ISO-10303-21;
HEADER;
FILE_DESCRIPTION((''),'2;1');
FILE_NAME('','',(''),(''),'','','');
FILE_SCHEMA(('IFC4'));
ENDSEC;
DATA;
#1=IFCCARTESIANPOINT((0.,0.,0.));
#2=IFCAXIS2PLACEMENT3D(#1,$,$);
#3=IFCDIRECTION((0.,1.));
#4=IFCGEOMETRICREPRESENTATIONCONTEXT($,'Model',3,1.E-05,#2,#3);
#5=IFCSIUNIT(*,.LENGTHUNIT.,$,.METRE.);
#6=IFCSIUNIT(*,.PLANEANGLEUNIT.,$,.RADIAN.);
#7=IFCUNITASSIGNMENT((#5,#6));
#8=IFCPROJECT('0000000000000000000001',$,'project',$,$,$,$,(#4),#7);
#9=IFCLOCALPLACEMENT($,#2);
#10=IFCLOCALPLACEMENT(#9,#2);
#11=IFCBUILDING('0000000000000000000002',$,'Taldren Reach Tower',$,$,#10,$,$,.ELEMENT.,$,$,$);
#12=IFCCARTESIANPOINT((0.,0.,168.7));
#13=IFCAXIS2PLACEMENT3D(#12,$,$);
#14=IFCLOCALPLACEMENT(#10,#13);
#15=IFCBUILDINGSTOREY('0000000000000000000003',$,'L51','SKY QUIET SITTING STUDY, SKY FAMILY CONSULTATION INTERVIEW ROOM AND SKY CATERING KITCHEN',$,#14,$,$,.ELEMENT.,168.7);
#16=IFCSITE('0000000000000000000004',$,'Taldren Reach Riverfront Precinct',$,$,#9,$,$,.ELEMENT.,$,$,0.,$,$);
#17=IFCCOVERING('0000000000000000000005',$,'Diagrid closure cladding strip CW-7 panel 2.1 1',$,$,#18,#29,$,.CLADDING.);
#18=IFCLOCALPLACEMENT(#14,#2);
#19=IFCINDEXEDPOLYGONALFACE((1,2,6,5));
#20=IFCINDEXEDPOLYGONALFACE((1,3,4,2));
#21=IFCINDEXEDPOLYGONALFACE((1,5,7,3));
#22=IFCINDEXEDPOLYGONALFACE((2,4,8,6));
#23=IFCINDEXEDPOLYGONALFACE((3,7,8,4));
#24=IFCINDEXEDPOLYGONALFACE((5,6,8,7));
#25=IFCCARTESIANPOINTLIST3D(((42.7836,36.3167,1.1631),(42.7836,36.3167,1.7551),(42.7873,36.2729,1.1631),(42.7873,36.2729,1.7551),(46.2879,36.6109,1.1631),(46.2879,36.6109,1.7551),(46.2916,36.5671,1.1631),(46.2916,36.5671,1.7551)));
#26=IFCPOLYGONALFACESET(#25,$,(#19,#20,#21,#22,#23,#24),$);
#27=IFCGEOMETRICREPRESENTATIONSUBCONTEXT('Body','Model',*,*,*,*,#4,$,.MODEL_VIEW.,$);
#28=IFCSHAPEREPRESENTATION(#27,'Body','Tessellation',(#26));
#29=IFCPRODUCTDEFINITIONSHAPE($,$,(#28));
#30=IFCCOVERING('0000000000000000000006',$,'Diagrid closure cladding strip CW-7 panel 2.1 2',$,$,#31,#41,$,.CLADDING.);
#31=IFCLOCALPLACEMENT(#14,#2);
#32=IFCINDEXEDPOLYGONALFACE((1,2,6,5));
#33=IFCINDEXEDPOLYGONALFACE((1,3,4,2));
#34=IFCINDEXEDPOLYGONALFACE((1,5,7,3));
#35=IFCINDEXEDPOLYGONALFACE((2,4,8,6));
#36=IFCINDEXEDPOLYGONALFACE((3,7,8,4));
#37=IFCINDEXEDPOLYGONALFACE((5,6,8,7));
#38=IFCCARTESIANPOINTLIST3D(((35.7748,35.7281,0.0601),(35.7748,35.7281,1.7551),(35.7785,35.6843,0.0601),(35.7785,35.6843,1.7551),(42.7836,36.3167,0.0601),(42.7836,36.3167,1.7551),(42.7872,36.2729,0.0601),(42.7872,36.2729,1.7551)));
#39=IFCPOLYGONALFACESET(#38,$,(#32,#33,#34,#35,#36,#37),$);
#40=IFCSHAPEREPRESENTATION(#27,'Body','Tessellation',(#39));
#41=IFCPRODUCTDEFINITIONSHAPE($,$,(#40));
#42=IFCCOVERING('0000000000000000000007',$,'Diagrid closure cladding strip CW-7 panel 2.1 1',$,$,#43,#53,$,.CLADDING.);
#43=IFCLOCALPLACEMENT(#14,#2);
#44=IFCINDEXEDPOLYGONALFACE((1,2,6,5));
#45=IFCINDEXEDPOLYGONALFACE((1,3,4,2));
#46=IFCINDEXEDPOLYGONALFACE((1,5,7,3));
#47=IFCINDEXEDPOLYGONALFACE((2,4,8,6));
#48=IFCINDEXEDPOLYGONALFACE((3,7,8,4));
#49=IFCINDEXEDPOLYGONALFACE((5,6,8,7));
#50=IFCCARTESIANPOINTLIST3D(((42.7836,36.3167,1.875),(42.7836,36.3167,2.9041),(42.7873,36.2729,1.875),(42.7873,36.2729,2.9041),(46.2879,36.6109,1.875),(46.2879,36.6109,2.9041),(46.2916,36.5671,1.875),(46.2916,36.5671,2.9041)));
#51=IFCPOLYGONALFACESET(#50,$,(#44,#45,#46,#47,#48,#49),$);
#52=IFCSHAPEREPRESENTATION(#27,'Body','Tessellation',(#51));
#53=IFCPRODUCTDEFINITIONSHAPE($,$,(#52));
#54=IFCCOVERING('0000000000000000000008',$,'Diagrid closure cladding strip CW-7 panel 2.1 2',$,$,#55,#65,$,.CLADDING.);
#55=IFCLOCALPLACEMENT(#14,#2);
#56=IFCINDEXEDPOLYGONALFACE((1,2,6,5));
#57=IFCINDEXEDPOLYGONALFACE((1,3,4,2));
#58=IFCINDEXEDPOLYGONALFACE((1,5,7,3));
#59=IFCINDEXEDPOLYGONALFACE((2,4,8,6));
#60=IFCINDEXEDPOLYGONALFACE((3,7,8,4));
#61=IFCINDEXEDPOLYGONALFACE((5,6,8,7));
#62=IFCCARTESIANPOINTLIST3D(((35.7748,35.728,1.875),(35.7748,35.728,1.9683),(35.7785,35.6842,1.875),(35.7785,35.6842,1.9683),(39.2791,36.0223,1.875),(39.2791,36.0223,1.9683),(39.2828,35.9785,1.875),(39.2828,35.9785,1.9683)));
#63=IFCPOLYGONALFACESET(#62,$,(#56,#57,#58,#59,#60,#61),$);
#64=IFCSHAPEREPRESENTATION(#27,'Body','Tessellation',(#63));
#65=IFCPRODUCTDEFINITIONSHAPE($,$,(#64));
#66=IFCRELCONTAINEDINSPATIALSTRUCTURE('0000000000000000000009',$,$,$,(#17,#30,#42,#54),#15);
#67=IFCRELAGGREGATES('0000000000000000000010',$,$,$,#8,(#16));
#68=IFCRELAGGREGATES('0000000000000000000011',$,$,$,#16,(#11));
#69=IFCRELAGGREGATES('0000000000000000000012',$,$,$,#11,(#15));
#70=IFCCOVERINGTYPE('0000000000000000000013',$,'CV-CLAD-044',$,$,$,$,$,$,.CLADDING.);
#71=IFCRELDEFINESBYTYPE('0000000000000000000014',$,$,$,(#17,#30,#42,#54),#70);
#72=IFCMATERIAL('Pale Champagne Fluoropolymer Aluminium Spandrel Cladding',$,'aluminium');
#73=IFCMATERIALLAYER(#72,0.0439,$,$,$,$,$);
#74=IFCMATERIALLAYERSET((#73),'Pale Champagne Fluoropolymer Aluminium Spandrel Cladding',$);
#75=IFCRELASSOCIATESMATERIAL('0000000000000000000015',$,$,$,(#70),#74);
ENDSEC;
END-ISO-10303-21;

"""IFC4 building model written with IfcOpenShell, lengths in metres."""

from ifc_helpers import new_model, si_unit, direction, frame, origin, origin_2d, place, context, subcontext, project, spatial, rectangle, extrude, source, transform, mapped, material, layer, layer_set, type_object, element, save


model = new_model("IFC4")

# Units and contexts
model_context = context("Model", 3, precision=1e-05, world=origin(), true_north=direction((0.0, 1.0)))
body_context = subcontext(model_context, "Body", "Model", "MODEL_VIEW")
ifc_project = project(units=[si_unit("LENGTHUNIT", "METRE"), si_unit("PLANEANGLEUNIT", "RADIAN")], contexts=[model_context])

# Site, building, storey
site_placement = place(None, origin())
site = spatial("IfcSite", under=ifc_project, at=site_placement, Name="Taldren Reach Riverfront Precinct", CompositionType="ELEMENT", RefElevation=0.0)
building_placement = place(site_placement, origin())
building = spatial("IfcBuilding", under=site, at=building_placement, Name="Taldren Reach Tower", CompositionType="ELEMENT")
storey_placement = place(building_placement, frame((0.0, 0.0, 168.7)))
storey = spatial("IfcBuildingStorey", under=building, at=storey_placement, Name="L51", Description="SKY QUIET SITTING STUDY, SKY FAMILY CONSULTATION INTERVIEW ROOM AND SKY CATERING KITCHEN", CompositionType="ELEMENT", Elevation=168.7)

# Coverings
ifc_material_1 = material(Name="Pale Champagne Fluoropolymer Aluminium Spandrel Cladding", Category="aluminium")
ifc_layer_1 = layer(ifc_material_1, 0.0439)
ifc_layer_set_1 = layer_set([ifc_layer_1], Name="Pale Champagne Fluoropolymer Aluminium Spandrel Cladding")
covering_type = type_object("IfcCoveringType", Name="CV-CLAD-044", PredefinedType="CLADDING", material=ifc_layer_set_1)
shared_shape_1 = source(origin(), body_context, "Body", "SweptSolid", [
    extrude(rectangle(XDim=3.5166, YDim=0.0439, at=origin_2d()), origin(), (0.0, 0.0, 1.0), 0.592),
])
covering_1_placement = place(storey_placement, frame((44.5376, 36.4419, 1.1631), z_axis=(0.0, 0.0, 1.0), x_axis=(-0.996493, -0.083678, 0.0)))
element("IfcCovering", 1, at=covering_1_placement, inside=storey, type_object=covering_type, Name="Diagrid closure cladding strip CW-7 panel 2.1 1", PredefinedType="CLADDING", context=body_context, shape_type="MappedRepresentation", body=[
    mapped(shared_shape_1, transform((0.0, 0.0, 0.0), scale=1.0)),
])
shared_shape_2 = source(origin(), body_context, "Body", "SweptSolid", [
    extrude(rectangle(XDim=7.0334, YDim=0.0439, at=origin_2d()), origin(), (0.0, 0.0, 1.0), 1.6951),
])
covering_2_placement = place(storey_placement, frame((39.281, 36.0005, 0.0601), z_axis=(0.0, 0.0, 1.0), x_axis=(-0.996493, -0.083678, 0.0)))
element("IfcCovering", 2, at=covering_2_placement, inside=storey, type_object=covering_type, Name="Diagrid closure cladding strip CW-7 panel 2.1 2", PredefinedType="CLADDING", context=body_context, shape_type="MappedRepresentation", body=[
    mapped(shared_shape_2, transform((0.0, 0.0, 0.0), scale=1.0)),
])
shared_shape_3 = source(origin(), body_context, "Body", "SweptSolid", [
    extrude(rectangle(XDim=3.5166, YDim=0.0439, at=origin_2d()), origin(), (0.0, 0.0, 1.0), 1.0291),
])
covering_3_placement = place(storey_placement, frame((44.5376, 36.4419, 1.875), z_axis=(0.0, 0.0, 1.0), x_axis=(-0.996493, -0.083678, 0.0)))
element("IfcCovering", 3, at=covering_3_placement, inside=storey, type_object=covering_type, Name="Diagrid closure cladding strip CW-7 panel 2.1 1", PredefinedType="CLADDING", context=body_context, shape_type="MappedRepresentation", body=[
    mapped(shared_shape_3, transform((0.0, 0.0, 0.0), scale=1.0)),
])
shared_shape_4 = source(origin(), body_context, "Body", "SweptSolid", [
    extrude(rectangle(XDim=3.5166, YDim=0.0439, at=origin_2d()), origin(), (0.0, 0.0, 1.0), 0.0933),
])
covering_4_placement = place(storey_placement, frame((37.5288, 35.8533, 1.875), z_axis=(0.0, 0.0, 1.0), x_axis=(-0.996493, -0.083678, 0.0)))
element("IfcCovering", 4, at=covering_4_placement, inside=storey, type_object=covering_type, Name="Diagrid closure cladding strip CW-7 panel 2.1 2", PredefinedType="CLADDING", context=body_context, shape_type="MappedRepresentation", body=[
    mapped(shared_shape_4, transform((0.0, 0.0, 0.0), scale=1.0)),
])

save(model, "model.ifc")
